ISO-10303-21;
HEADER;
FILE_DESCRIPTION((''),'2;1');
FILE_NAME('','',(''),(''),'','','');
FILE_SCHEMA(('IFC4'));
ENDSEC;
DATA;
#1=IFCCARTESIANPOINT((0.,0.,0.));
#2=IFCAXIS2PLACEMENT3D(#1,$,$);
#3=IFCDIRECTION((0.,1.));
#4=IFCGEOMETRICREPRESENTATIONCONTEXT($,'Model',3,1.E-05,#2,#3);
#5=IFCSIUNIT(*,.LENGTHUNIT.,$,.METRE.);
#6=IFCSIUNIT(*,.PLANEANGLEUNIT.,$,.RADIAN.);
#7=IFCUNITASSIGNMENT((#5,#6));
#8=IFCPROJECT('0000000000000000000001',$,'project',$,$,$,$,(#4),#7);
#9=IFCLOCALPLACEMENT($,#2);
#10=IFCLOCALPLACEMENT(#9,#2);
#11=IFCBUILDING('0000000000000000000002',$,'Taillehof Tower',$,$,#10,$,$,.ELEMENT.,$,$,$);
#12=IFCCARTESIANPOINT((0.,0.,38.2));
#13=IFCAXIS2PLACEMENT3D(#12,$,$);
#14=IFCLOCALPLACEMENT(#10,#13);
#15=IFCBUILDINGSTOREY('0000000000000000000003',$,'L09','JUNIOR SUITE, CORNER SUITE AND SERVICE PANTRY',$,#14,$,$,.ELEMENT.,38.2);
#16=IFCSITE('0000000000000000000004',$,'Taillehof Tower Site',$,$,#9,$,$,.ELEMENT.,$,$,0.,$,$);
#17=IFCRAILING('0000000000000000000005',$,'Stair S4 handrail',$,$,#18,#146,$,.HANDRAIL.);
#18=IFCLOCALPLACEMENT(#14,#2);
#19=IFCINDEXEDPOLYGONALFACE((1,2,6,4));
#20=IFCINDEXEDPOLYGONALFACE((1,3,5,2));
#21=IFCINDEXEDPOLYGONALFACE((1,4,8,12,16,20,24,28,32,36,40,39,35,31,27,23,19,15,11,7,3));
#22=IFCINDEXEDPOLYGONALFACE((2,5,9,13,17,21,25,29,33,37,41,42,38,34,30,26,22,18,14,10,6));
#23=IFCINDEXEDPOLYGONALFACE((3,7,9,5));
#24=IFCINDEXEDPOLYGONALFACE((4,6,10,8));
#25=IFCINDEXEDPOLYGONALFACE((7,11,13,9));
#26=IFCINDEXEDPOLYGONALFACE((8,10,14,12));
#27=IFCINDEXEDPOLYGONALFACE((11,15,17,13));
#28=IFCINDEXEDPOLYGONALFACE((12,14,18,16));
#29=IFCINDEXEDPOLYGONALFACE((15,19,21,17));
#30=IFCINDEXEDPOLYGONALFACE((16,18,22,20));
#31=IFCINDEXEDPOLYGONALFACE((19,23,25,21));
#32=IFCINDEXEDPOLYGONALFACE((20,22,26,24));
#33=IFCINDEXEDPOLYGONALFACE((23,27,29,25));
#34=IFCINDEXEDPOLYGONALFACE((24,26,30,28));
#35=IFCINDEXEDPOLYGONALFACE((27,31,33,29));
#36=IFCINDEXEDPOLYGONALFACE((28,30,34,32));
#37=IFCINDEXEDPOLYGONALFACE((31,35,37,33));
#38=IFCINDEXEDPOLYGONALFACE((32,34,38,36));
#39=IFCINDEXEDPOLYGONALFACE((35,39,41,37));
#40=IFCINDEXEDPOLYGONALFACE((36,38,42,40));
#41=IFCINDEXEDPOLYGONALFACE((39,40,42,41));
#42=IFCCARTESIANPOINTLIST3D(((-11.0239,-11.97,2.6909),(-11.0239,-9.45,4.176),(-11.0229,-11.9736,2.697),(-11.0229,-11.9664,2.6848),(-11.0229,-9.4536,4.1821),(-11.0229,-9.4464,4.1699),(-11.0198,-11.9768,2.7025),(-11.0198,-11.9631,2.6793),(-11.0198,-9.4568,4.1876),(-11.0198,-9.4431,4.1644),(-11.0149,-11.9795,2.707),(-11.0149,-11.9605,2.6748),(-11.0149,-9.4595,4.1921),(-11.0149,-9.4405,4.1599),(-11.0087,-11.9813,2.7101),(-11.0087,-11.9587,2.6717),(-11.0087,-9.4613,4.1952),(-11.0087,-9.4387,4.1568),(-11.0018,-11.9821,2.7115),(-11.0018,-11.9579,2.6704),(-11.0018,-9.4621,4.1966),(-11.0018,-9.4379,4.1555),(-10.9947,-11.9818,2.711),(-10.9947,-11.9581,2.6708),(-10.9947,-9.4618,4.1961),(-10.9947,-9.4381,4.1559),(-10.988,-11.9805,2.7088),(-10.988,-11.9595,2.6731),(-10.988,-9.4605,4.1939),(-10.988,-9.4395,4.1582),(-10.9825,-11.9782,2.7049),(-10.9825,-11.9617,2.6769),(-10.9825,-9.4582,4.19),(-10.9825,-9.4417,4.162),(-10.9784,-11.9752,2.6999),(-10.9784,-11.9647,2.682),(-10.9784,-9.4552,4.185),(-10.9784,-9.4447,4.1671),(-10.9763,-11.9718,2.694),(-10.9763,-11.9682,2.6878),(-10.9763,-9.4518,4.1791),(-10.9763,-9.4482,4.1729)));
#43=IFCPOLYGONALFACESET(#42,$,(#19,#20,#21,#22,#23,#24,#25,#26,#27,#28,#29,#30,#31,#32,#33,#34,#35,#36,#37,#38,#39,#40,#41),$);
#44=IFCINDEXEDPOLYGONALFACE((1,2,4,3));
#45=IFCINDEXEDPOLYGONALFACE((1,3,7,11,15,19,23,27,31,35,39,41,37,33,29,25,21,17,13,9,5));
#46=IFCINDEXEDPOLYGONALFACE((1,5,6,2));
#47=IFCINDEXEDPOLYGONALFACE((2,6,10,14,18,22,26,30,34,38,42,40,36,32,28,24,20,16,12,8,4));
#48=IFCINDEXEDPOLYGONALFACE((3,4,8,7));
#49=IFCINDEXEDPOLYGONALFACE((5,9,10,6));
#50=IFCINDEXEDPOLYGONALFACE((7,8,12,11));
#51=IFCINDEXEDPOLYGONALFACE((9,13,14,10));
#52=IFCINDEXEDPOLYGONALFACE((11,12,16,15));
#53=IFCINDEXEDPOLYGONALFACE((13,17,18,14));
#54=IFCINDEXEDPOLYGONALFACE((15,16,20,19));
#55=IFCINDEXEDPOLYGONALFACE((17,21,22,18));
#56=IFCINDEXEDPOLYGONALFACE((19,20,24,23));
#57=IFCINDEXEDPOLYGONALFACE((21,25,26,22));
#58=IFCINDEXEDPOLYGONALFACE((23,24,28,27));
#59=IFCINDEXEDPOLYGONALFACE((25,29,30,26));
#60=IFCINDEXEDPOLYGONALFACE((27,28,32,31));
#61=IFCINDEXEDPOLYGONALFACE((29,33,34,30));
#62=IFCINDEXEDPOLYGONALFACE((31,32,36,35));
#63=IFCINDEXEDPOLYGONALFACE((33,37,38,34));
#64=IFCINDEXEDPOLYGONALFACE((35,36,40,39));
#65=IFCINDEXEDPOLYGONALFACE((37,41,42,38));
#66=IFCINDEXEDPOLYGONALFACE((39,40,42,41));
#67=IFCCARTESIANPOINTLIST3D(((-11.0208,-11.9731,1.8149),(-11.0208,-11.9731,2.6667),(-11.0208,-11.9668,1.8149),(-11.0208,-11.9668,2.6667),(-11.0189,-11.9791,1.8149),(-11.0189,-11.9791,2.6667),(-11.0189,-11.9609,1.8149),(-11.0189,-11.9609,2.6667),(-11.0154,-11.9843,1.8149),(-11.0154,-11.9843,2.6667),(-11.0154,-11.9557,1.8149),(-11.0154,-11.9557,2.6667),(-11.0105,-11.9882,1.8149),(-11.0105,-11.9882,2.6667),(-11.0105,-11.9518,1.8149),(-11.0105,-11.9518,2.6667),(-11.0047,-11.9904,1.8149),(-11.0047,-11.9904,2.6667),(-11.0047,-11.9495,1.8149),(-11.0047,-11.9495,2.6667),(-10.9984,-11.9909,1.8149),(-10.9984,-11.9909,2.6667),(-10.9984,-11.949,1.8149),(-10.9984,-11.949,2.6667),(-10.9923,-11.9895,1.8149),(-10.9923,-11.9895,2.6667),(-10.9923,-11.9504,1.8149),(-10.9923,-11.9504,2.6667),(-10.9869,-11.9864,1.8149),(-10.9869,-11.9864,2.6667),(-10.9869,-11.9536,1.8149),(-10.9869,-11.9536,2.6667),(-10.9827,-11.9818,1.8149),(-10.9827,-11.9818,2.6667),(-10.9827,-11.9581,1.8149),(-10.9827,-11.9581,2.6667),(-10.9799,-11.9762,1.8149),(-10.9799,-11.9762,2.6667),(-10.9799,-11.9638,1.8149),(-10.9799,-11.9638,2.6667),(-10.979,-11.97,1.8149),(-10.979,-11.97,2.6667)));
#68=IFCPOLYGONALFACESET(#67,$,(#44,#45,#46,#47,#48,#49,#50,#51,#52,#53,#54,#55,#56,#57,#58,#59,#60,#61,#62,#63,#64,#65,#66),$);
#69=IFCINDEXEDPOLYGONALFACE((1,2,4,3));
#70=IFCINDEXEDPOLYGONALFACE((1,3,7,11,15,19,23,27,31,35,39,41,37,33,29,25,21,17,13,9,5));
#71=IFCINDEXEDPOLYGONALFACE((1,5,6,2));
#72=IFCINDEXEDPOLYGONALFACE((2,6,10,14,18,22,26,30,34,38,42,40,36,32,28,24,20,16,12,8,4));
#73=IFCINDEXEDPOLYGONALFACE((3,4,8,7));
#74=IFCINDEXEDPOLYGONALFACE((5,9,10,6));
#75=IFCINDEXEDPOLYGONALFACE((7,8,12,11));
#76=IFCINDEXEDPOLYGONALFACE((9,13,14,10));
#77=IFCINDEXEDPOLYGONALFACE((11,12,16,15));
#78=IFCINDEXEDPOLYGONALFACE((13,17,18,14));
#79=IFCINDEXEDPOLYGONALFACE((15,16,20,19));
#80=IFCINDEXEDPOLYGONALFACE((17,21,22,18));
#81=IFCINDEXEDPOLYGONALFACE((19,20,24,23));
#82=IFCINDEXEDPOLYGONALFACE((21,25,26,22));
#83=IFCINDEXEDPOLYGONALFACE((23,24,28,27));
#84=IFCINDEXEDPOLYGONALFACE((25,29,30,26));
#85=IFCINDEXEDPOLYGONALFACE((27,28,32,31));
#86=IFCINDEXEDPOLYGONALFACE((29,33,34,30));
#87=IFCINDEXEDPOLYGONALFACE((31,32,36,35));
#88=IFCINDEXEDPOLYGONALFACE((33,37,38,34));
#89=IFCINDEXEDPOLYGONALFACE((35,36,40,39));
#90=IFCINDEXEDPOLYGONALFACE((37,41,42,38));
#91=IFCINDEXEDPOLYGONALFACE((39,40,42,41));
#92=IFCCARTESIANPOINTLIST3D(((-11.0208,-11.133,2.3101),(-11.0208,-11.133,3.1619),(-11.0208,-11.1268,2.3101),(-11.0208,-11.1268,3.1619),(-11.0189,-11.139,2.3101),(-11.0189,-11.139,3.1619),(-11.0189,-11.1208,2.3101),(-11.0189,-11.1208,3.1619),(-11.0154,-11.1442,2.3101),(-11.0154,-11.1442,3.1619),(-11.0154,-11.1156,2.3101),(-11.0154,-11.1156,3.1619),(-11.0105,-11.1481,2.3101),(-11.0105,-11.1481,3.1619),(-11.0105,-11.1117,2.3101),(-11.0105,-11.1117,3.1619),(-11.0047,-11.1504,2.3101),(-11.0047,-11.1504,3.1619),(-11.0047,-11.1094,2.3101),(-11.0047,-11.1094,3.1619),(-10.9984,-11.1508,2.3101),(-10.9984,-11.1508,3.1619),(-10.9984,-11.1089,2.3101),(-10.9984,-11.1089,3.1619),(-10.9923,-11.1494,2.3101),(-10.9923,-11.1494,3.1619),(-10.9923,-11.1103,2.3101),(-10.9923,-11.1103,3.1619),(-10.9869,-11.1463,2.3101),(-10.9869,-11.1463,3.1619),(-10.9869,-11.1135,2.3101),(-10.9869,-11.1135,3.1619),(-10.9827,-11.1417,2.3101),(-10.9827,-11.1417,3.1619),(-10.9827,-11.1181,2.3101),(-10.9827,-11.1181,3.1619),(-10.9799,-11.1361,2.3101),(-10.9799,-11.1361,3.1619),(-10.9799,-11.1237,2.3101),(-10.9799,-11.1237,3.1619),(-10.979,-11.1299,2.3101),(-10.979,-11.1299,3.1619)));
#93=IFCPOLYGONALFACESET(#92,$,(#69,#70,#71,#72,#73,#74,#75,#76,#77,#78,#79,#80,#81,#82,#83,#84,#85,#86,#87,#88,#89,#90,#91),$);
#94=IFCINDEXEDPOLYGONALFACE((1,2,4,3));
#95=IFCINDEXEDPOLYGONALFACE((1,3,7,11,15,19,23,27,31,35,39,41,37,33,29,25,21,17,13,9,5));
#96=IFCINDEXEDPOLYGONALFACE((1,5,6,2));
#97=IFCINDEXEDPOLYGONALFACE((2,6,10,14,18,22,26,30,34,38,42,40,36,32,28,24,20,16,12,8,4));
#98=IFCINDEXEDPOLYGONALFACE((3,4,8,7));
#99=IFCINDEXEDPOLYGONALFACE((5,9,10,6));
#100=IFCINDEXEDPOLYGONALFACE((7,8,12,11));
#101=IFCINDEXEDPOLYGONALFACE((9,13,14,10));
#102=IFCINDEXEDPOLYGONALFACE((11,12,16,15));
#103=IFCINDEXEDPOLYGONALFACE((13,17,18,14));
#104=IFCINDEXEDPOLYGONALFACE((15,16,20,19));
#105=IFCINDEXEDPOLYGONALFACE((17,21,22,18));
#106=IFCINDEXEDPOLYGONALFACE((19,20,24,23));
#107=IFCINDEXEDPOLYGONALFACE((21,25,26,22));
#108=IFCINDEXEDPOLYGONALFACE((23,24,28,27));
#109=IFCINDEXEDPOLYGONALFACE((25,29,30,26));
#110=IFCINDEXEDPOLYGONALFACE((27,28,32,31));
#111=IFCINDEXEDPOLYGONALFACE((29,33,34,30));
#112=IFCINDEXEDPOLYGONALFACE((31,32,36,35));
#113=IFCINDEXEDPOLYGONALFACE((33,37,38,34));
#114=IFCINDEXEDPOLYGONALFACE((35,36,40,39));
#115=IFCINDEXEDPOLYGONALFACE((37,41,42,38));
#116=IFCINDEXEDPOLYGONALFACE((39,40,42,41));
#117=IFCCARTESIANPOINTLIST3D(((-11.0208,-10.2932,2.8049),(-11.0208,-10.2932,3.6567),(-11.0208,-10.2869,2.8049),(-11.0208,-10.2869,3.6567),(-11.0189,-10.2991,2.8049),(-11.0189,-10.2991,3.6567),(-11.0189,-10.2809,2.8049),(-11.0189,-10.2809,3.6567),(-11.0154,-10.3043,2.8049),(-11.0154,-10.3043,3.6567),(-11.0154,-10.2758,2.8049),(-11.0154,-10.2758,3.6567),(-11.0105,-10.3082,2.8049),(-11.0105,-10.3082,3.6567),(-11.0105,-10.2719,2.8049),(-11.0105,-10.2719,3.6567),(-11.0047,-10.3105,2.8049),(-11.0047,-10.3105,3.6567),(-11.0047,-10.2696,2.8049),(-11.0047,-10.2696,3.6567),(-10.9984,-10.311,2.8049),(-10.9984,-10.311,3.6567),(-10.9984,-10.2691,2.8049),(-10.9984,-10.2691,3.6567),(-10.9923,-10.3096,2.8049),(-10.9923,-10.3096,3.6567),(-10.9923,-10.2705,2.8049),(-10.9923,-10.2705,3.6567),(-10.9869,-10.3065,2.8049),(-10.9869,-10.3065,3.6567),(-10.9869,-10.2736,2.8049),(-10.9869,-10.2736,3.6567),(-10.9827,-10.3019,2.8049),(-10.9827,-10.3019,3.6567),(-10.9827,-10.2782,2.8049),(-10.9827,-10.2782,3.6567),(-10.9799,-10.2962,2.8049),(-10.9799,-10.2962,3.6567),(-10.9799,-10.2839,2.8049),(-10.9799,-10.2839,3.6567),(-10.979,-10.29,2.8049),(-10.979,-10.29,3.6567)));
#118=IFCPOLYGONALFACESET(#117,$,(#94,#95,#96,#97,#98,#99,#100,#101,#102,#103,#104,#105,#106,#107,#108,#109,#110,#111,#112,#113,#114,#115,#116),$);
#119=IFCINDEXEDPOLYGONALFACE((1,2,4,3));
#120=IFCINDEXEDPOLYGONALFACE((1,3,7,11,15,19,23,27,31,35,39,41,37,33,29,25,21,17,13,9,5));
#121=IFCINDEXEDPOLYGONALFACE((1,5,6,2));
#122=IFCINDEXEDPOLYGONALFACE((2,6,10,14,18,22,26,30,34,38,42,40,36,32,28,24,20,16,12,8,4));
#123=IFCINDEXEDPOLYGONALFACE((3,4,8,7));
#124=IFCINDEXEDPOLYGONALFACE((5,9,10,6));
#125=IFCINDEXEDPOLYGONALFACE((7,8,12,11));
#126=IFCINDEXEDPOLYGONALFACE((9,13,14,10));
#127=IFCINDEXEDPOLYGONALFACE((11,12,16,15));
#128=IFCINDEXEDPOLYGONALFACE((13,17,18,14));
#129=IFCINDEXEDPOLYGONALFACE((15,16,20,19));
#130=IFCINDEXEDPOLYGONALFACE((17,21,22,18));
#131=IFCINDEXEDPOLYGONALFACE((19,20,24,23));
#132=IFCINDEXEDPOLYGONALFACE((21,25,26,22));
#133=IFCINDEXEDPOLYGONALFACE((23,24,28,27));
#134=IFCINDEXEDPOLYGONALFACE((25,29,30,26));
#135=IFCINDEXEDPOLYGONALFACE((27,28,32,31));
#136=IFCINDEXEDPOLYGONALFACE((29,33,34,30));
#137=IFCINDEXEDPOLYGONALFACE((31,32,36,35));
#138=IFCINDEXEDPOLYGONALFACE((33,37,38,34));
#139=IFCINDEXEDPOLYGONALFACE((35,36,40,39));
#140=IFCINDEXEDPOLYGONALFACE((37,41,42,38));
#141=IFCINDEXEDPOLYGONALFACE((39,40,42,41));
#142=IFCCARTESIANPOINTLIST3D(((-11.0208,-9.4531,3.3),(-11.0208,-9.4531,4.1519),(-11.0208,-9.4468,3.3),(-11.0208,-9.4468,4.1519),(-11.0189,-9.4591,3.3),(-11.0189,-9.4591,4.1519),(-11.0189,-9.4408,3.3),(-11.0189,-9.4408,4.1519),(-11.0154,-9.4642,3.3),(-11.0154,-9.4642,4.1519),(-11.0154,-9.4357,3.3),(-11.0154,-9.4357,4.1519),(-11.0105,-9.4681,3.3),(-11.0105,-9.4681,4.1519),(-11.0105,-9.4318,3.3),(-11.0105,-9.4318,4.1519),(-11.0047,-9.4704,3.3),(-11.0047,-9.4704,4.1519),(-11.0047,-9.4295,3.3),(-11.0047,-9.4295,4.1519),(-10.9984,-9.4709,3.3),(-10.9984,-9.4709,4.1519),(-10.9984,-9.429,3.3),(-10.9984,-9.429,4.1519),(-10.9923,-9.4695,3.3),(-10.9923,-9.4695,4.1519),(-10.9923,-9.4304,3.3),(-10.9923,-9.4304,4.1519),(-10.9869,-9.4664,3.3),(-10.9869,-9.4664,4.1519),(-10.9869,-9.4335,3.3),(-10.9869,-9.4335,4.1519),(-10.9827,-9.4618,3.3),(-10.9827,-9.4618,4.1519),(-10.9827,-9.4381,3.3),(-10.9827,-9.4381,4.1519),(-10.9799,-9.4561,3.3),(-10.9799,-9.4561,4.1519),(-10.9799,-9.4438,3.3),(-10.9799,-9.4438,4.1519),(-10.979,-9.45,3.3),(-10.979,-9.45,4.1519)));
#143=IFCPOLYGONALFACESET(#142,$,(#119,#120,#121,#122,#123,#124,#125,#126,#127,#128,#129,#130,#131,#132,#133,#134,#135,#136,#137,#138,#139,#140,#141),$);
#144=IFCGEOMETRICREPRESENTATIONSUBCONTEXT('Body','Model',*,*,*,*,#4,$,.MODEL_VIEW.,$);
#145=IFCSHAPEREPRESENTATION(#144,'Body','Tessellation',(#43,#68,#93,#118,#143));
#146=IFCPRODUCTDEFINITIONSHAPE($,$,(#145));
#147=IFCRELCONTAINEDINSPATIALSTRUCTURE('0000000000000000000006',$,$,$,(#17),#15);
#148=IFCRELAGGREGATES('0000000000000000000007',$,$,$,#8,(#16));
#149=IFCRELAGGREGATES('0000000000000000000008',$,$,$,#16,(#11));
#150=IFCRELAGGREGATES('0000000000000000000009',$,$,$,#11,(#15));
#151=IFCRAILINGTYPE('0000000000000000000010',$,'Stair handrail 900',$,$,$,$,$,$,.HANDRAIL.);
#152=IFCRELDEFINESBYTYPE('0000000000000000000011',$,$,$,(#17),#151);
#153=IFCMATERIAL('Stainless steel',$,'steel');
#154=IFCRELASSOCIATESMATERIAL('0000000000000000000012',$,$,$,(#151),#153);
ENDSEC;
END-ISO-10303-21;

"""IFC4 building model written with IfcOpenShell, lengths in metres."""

from ifc_helpers import new_model, si_unit, direction, frame, origin, origin_2d, place, context, subcontext, project, spatial, circle, extrude, material, type_object, element, save


model = new_model("IFC4")

# Units and contexts
model_context = context("Model", 3, precision=1e-05, world=origin(), true_north=direction((0.0, 1.0)))
body_context = subcontext(model_context, "Body", "Model", "MODEL_VIEW")
ifc_project = project(units=[si_unit("LENGTHUNIT", "METRE"), si_unit("PLANEANGLEUNIT", "RADIAN")], contexts=[model_context])

# Site, building, storey
site_placement = place(None, origin())
site = spatial("IfcSite", under=ifc_project, at=site_placement, Name="Taillehof Tower Site", CompositionType="ELEMENT", RefElevation=0.0)
building_placement = place(site_placement, origin())
building = spatial("IfcBuilding", under=site, at=building_placement, Name="Taillehof Tower", CompositionType="ELEMENT")
storey_placement = place(building_placement, frame((0.0, 0.0, 38.2)))
storey = spatial("IfcBuildingStorey", under=building, at=storey_placement, Name="L09", Description="JUNIOR SUITE, CORNER SUITE AND SERVICE PANTRY", CompositionType="ELEMENT", Elevation=38.2)

# Railing
ifc_material_1 = material(Name="Stainless steel", Category="steel")
railing_type = type_object("IfcRailingType", Name="Stair handrail 900", PredefinedType="HANDRAIL", material=ifc_material_1)
railing_placement = place(storey_placement, frame((-11.0, -11.97, 1.8149)))
element("IfcRailing", 1, at=railing_placement, inside=storey, type_object=railing_type, Name="Stair S4 handrail", PredefinedType="HANDRAIL", context=body_context, shape_type="SweptSolid", body=[
    extrude(circle(Radius=0.0239, at=origin_2d()), frame((0.0, 0.0, 0.876), z_axis=(0.0, 0.861524, 0.507717), x_axis=(-1.0, 0.0, 0.0)), (0.0, 0.0, 1.0), 2.925),
    extrude(circle(Radius=0.021, at=origin_2d()), origin(), (0.0, 0.0, 1.0), 0.8518),
    extrude(circle(Radius=0.021, at=origin_2d()), frame((0.0, 0.8401, 0.4951)), (0.0, 0.0, 1.0), 0.8518),
    extrude(circle(Radius=0.021, at=origin_2d()), frame((0.0, 1.6799, 0.99)), (0.0, 0.0, 1.0), 0.8518),
    extrude(circle(Radius=0.021, at=origin_2d()), frame((0.0, 2.52, 1.4851)), (0.0, 0.0, 1.0), 0.8518),
])

save(model, "model.ifc")
